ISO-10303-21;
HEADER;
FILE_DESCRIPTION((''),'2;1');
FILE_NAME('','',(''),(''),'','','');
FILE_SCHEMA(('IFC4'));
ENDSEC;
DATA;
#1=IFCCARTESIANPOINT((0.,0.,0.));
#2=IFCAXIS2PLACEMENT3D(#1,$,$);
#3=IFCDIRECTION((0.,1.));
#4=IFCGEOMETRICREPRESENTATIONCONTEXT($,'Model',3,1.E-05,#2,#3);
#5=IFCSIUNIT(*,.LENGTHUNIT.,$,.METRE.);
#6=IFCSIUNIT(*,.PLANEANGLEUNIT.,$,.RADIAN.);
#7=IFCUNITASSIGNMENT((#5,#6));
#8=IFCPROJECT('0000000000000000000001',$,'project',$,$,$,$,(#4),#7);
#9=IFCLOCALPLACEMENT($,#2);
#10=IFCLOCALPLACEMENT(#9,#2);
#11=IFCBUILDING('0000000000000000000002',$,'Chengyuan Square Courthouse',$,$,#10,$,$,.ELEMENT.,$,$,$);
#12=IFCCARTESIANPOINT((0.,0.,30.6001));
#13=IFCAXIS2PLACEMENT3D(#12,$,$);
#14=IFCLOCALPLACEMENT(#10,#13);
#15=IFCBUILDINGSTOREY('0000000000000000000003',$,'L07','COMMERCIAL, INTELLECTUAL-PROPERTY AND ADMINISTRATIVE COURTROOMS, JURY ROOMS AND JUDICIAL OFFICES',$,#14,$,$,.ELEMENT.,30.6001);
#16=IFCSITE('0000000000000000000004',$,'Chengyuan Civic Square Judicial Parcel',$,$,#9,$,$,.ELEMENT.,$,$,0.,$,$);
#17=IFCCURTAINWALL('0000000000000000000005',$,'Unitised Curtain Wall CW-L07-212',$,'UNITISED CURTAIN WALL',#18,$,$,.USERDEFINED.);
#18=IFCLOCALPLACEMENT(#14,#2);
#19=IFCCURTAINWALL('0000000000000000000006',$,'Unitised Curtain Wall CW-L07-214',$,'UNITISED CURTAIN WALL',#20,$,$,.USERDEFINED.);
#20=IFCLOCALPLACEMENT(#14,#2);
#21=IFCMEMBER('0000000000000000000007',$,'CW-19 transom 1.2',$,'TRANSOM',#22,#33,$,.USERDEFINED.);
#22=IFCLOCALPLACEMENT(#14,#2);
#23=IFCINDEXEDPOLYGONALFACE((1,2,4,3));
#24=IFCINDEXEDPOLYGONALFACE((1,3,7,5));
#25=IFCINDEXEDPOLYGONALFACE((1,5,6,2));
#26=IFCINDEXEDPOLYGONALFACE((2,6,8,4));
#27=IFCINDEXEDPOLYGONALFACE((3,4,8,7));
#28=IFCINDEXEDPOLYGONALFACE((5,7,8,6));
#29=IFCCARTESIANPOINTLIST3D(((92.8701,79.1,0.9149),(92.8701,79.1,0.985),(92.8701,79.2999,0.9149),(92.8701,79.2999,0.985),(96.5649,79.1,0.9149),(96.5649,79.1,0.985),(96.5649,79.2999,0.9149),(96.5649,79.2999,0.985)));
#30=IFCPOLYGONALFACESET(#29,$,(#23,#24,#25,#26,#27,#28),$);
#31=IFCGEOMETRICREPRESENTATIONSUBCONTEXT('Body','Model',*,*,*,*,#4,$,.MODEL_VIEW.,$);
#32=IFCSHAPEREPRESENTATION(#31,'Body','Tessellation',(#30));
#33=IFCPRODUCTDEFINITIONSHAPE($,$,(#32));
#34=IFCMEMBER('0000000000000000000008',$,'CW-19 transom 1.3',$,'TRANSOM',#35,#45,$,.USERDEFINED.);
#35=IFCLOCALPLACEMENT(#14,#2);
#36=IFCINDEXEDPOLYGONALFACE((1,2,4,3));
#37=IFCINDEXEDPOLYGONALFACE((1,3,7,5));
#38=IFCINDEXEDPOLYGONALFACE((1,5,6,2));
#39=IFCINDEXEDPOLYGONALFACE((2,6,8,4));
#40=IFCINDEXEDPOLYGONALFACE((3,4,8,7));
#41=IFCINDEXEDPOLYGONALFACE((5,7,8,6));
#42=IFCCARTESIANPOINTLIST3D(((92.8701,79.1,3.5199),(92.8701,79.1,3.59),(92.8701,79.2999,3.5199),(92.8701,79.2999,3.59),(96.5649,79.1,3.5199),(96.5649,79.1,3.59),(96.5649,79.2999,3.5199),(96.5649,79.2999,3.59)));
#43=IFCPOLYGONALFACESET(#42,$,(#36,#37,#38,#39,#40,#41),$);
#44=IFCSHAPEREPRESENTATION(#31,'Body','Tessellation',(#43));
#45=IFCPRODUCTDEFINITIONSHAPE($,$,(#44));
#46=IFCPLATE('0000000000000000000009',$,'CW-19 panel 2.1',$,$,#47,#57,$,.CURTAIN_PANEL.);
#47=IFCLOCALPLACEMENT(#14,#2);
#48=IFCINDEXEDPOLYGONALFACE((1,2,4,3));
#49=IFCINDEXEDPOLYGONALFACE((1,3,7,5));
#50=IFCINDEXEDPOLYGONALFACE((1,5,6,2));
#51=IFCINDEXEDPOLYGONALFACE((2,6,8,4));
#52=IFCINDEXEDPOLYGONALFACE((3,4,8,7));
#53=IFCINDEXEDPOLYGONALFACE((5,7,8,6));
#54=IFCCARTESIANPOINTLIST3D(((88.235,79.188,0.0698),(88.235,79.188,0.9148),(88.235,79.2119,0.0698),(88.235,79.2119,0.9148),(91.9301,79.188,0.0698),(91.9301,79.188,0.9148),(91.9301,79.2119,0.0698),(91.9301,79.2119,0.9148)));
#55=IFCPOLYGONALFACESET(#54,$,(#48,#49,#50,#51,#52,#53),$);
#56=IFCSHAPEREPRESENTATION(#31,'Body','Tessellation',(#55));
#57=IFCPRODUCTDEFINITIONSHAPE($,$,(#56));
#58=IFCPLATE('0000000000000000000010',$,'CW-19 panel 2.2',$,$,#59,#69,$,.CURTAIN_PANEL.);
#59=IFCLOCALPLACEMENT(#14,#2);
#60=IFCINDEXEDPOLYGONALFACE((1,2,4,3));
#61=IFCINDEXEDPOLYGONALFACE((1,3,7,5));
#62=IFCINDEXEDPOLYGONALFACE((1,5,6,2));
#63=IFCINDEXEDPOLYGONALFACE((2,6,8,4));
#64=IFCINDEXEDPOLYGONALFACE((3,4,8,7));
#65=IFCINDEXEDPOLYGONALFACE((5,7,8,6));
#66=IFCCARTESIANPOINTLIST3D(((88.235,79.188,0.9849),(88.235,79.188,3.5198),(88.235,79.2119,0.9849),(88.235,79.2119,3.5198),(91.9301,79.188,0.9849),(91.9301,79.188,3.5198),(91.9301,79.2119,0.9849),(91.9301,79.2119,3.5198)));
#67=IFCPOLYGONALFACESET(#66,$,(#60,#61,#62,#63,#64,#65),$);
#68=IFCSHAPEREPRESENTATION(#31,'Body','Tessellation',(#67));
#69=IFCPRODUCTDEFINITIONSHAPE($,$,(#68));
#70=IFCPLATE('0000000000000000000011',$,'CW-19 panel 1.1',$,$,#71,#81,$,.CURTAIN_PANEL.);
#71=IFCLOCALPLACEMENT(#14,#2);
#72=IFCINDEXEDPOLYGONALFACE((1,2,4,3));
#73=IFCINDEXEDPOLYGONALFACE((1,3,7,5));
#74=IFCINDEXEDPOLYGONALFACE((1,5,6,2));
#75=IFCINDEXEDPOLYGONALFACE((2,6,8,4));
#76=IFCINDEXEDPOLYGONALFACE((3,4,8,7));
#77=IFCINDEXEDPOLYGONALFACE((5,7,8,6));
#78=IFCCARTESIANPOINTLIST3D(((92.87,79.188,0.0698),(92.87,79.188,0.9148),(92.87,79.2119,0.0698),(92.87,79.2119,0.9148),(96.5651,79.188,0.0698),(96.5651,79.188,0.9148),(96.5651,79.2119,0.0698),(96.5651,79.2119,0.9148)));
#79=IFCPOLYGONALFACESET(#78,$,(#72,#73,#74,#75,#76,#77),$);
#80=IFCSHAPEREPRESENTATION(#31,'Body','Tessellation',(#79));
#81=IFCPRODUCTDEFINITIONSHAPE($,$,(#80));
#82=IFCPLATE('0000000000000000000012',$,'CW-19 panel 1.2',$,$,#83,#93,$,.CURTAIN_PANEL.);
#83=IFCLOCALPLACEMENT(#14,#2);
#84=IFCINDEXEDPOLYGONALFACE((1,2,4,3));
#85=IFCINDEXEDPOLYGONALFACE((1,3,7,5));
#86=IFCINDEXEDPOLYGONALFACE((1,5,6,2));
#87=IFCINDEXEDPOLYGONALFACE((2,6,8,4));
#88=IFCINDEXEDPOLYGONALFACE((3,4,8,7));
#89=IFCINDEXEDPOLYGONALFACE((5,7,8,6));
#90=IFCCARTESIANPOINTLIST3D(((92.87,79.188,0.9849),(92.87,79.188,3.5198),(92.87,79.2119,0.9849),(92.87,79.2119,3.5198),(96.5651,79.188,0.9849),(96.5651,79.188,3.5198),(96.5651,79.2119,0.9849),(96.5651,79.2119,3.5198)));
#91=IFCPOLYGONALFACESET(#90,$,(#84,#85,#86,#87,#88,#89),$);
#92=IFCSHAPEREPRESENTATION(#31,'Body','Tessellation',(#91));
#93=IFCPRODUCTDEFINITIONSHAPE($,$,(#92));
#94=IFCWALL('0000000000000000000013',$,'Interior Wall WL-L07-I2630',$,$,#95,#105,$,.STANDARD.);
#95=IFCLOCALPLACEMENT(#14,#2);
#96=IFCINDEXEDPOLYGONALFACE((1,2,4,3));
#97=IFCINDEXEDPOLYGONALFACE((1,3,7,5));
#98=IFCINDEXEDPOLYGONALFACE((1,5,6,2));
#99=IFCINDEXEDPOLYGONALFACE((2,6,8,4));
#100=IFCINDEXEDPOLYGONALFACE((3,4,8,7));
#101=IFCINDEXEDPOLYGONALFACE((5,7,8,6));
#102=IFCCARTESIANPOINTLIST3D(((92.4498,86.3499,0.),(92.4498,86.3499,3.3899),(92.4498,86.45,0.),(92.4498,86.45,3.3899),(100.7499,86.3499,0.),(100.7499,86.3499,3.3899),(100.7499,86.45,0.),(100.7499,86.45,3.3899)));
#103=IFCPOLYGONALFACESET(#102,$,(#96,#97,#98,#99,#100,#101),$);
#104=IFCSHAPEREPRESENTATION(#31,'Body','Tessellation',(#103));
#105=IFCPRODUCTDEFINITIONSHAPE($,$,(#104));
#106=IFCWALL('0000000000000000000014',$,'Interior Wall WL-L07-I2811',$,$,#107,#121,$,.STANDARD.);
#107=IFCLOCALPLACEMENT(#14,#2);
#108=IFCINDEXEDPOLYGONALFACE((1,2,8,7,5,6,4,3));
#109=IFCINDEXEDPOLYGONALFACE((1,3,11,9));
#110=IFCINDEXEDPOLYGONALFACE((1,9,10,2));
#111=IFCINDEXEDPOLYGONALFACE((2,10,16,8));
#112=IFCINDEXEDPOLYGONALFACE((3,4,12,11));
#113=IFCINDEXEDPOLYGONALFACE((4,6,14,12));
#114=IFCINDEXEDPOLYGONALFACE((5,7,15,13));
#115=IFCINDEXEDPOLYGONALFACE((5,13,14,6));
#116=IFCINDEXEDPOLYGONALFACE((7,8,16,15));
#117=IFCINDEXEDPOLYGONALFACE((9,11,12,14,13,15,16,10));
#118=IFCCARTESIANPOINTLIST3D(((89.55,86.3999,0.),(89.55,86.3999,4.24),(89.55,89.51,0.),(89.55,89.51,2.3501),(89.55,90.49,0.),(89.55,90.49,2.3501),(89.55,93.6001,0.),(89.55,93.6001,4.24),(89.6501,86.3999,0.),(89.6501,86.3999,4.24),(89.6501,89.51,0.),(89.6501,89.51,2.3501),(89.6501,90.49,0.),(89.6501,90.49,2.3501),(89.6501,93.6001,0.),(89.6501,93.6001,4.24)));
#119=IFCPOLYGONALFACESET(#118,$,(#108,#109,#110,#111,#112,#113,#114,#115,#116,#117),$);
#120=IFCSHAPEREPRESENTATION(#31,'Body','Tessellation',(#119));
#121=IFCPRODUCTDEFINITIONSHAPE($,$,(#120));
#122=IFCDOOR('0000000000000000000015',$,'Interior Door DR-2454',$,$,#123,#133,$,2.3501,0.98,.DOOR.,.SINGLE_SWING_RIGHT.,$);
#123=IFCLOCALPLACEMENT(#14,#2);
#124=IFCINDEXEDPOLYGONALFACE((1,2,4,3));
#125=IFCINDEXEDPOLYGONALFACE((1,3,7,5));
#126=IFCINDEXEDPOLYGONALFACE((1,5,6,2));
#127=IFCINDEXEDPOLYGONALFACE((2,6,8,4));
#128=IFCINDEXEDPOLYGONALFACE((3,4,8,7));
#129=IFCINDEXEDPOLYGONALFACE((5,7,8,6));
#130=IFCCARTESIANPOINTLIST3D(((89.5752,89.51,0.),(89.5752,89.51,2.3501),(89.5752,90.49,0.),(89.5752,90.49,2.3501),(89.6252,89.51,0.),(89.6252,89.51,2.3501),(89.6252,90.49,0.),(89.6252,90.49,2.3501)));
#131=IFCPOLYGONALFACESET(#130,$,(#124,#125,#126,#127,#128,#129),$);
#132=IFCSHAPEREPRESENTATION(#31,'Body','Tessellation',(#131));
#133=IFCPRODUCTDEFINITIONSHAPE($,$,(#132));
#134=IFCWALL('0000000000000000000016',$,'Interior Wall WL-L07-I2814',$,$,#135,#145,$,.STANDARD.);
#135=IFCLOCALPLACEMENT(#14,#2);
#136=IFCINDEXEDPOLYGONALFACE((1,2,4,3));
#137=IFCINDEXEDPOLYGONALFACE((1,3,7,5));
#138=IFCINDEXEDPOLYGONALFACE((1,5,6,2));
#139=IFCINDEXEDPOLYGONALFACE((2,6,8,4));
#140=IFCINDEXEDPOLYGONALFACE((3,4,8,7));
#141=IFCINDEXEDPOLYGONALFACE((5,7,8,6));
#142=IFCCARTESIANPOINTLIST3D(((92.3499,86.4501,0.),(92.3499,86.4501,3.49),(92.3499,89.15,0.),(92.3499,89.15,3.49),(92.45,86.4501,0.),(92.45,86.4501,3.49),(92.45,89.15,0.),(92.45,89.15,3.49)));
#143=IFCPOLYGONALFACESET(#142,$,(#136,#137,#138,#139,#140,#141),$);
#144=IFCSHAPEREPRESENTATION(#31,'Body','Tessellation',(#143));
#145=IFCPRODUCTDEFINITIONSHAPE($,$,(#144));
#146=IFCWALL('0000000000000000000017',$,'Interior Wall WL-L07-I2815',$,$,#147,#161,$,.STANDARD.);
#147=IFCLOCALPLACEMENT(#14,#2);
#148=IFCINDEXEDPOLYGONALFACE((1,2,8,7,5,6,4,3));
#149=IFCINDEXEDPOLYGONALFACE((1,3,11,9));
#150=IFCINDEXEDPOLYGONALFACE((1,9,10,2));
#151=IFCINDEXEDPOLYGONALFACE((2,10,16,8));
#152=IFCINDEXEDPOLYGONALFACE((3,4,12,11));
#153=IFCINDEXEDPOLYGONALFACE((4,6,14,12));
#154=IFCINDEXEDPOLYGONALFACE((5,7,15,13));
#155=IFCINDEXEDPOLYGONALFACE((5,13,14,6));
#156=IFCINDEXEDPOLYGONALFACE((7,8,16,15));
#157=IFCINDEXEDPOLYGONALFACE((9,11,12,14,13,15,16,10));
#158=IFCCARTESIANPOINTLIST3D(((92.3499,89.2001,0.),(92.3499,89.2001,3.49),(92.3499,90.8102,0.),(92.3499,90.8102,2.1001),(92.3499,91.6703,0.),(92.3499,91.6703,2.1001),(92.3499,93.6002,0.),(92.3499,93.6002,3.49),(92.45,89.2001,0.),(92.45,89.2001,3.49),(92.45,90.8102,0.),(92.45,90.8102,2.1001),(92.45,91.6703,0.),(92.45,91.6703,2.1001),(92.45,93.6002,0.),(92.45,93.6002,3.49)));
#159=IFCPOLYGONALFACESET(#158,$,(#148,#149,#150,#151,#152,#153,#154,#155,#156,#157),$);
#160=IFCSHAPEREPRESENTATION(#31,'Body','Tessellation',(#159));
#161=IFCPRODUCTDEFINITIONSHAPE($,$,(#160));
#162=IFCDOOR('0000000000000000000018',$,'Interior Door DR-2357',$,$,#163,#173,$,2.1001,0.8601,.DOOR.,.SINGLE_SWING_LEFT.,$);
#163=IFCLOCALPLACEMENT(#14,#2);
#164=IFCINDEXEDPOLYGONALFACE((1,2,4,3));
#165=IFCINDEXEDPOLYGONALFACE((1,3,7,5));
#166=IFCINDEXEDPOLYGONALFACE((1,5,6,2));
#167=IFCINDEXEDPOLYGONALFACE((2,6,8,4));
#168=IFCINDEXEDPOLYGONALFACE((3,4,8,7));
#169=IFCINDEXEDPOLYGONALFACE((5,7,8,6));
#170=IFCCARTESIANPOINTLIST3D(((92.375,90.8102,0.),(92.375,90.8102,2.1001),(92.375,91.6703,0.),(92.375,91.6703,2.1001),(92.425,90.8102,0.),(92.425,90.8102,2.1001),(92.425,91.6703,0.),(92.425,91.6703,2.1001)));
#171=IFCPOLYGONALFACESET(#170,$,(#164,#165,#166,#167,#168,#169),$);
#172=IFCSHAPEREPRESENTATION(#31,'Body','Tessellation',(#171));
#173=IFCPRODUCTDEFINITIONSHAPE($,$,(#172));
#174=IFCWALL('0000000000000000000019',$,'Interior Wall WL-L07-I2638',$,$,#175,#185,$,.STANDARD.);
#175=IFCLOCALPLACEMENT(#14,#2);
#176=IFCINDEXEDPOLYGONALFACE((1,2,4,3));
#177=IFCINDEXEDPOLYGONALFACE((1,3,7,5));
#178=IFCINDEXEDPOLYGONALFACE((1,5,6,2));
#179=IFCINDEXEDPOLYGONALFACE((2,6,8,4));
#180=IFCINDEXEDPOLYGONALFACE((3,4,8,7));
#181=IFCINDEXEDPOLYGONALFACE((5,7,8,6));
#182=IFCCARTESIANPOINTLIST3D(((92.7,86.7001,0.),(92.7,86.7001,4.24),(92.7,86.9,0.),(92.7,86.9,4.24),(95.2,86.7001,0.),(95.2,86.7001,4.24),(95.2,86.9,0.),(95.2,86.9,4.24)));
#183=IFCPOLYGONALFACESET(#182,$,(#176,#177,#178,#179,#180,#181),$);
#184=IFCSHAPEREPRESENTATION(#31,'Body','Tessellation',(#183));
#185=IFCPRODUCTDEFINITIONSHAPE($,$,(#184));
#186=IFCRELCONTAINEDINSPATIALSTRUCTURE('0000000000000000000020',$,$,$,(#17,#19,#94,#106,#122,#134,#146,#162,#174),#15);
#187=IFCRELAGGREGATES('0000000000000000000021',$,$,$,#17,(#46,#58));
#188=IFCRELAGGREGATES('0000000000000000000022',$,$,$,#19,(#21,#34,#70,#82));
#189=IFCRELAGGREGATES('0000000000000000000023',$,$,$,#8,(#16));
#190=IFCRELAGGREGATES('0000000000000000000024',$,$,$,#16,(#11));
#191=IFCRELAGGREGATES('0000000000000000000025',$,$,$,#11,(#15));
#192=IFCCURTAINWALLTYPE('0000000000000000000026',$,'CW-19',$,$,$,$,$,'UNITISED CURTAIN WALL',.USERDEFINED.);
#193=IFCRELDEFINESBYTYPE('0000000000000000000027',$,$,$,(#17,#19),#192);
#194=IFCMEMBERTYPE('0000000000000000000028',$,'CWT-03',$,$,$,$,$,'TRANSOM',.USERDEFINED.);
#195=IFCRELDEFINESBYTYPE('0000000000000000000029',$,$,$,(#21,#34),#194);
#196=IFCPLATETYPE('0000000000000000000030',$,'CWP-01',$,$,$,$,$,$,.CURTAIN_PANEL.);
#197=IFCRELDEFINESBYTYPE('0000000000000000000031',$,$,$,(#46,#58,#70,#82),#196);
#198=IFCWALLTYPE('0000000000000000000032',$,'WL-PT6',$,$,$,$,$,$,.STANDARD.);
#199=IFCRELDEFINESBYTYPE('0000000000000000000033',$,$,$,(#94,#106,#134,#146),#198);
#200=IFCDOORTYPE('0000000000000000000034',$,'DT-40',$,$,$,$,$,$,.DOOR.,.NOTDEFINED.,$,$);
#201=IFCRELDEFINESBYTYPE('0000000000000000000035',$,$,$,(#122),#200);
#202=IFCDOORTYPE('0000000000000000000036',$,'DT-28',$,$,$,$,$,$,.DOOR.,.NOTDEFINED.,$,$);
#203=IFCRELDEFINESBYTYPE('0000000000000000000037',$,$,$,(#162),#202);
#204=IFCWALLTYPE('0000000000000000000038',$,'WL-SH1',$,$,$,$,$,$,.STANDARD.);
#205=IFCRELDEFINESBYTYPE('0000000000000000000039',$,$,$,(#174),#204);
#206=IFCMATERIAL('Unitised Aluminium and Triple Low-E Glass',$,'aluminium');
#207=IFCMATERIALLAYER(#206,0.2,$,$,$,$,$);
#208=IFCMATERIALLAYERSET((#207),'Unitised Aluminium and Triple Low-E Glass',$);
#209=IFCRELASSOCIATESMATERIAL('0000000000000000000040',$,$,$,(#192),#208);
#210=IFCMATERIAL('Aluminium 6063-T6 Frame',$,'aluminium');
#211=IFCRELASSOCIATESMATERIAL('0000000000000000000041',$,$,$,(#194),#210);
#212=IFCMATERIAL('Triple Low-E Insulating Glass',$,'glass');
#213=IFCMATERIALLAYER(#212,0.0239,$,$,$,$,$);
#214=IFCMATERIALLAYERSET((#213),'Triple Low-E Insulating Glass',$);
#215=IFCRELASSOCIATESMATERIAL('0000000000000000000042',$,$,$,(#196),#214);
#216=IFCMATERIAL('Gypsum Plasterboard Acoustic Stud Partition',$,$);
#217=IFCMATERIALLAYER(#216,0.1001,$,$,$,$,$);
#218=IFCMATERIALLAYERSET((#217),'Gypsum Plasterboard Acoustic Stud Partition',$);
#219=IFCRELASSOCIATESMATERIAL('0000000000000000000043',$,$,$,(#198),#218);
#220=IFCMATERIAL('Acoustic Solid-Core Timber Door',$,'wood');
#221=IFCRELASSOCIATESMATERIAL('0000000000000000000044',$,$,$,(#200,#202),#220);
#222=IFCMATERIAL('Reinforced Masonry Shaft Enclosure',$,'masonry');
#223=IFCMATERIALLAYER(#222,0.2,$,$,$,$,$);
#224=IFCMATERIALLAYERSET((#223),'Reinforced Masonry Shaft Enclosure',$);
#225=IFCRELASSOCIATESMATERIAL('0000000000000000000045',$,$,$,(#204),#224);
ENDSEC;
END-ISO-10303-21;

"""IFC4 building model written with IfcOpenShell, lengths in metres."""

from ifc_helpers import new_model, si_unit, direction, frame, frame_2d, origin, origin_2d, place, context, subcontext, project, spatial, rectangle, extrude, material, layer, layer_set, material_profile, profile_set, type_object, element, fill, aggregate, save


model = new_model("IFC4")

# Units and contexts
model_context = context("Model", 3, precision=1e-05, world=origin(), true_north=direction((0.0, 1.0)))
body_context = subcontext(model_context, "Body", "Model", "MODEL_VIEW")
ifc_project = project(units=[si_unit("LENGTHUNIT", "METRE"), si_unit("PLANEANGLEUNIT", "RADIAN")], contexts=[model_context])

# Site, building, storey
site_placement = place(None, origin())
site = spatial("IfcSite", under=ifc_project, at=site_placement, Name="Chengyuan Civic Square Judicial Parcel", CompositionType="ELEMENT", RefElevation=0.0)
building_placement = place(site_placement, origin())
building = spatial("IfcBuilding", under=site, at=building_placement, Name="Chengyuan Square Courthouse", CompositionType="ELEMENT")
storey_placement = place(building_placement, frame((0.0, 0.0, 30.6001)))
storey = spatial("IfcBuildingStorey", under=building, at=storey_placement, Name="L07", Description="COMMERCIAL, INTELLECTUAL-PROPERTY AND ADMINISTRATIVE COURTROOMS, JURY ROOMS AND JUDICIAL OFFICES", CompositionType="ELEMENT", Elevation=30.6001)

# Curtain walls
ifc_material_1 = material(Name="Unitised Aluminium and Triple Low-E Glass", Category="aluminium")
ifc_layer_1 = layer(ifc_material_1, 0.2)
ifc_layer_set_1 = layer_set([ifc_layer_1], Name="Unitised Aluminium and Triple Low-E Glass")
curtain_wall_type = type_object("IfcCurtainWallType", Name="CW-19", ElementType="UNITISED CURTAIN WALL", PredefinedType="USERDEFINED", material=ifc_layer_set_1)
curtain_wall_1_placement = place(storey_placement, origin())
curtain_wall_1 = element("IfcCurtainWall", 1, at=curtain_wall_1_placement, inside=storey, type_object=curtain_wall_type, Name="Unitised Curtain Wall CW-L07-212", ObjectType="UNITISED CURTAIN WALL", PredefinedType="USERDEFINED")
ifc_material_2 = material(Name="Aluminium 6063-T6 Frame", Category="aluminium")
curtain_wall_2_placement = place(storey_placement, origin())
curtain_wall_2 = element("IfcCurtainWall", 2, at=curtain_wall_2_placement, inside=storey, type_object=curtain_wall_type, Name="Unitised Curtain Wall CW-L07-214", ObjectType="UNITISED CURTAIN WALL", PredefinedType="USERDEFINED")

# Members
ifc_material_profile_1 = material_profile(ifc_material_2, rectangle(XDim=0.2, YDim=0.0701, at=origin_2d()), Name="CW-TRN-70x160")
ifc_profile_set_1 = profile_set([ifc_material_profile_1], Name="Aluminium 6063-T6 Frame")
member_type_1 = type_object("IfcMemberType", Name="CWT-03", ElementType="TRANSOM", PredefinedType="USERDEFINED", material=ifc_profile_set_1)
member_1_placement = place(storey_placement, frame((92.8701, 79.2, 0.95), z_axis=(1.0, 0.0, 0.0), x_axis=(0.0, 1.0, 0.0)))
member_1 = element("IfcMember", 3, at=member_1_placement, type_object=member_type_1, Name="CW-19 transom 1.2", ObjectType="TRANSOM", PredefinedType="USERDEFINED", context=body_context, shape_type="SweptSolid", body=[
    extrude(rectangle(XDim=0.2, YDim=0.0701, at=origin_2d()), origin(), (0.0, 0.0, 1.0), 3.6948),
])
member_2_placement = place(storey_placement, frame((92.8701, 79.2, 3.5549), z_axis=(1.0, 0.0, 0.0), x_axis=(0.0, 1.0, 0.0)))
member_2 = element("IfcMember", 4, at=member_2_placement, type_object=member_type_1, Name="CW-19 transom 1.3", ObjectType="TRANSOM", PredefinedType="USERDEFINED", context=body_context, shape_type="SweptSolid", body=[
    extrude(rectangle(XDim=0.2, YDim=0.0701, at=origin_2d()), origin(), (0.0, 0.0, 1.0), 3.6948),
])

# Plates
ifc_material_3 = material(Name="Triple Low-E Insulating Glass", Category="glass")
ifc_layer_2 = layer(ifc_material_3, 0.0239)
ifc_layer_set_2 = layer_set([ifc_layer_2], Name="Triple Low-E Insulating Glass")
plate_type = type_object("IfcPlateType", Name="CWP-01", PredefinedType="CURTAIN_PANEL", material=ifc_layer_set_2)
plate_1_placement = place(storey_placement, frame((90.0825, 79.2, 0.0698), z_axis=(0.0, 0.0, 1.0), x_axis=(1.0, 0.0, 0.0)))
plate_1 = element("IfcPlate", 5, at=plate_1_placement, type_object=plate_type, Name="CW-19 panel 2.1", PredefinedType="CURTAIN_PANEL", context=body_context, shape_type="SweptSolid", body=[
    extrude(rectangle(XDim=3.6951, YDim=0.0239, at=origin_2d()), origin(), (0.0, 0.0, 1.0), 0.845),
])
plate_2_placement = place(storey_placement, frame((90.0825, 79.2, 0.9849), z_axis=(0.0, 0.0, 1.0), x_axis=(1.0, 0.0, 0.0)))
plate_2 = element("IfcPlate", 6, at=plate_2_placement, type_object=plate_type, Name="CW-19 panel 2.2", PredefinedType="CURTAIN_PANEL", context=body_context, shape_type="SweptSolid", body=[
    extrude(rectangle(XDim=3.6951, YDim=0.0239, at=origin_2d()), origin(), (0.0, 0.0, 1.0), 2.5349),
])
aggregate(curtain_wall_1, [plate_1, plate_2])
plate_3_placement = place(storey_placement, frame((94.7175, 79.2, 0.0698), z_axis=(0.0, 0.0, 1.0), x_axis=(1.0, 0.0, 0.0)))
plate_3 = element("IfcPlate", 7, at=plate_3_placement, type_object=plate_type, Name="CW-19 panel 1.1", PredefinedType="CURTAIN_PANEL", context=body_context, shape_type="SweptSolid", body=[
    extrude(rectangle(XDim=3.6951, YDim=0.0239, at=origin_2d()), origin(), (0.0, 0.0, 1.0), 0.845),
])
plate_4_placement = place(storey_placement, frame((94.7175, 79.2, 0.9849), z_axis=(0.0, 0.0, 1.0), x_axis=(1.0, 0.0, 0.0)))
plate_4 = element("IfcPlate", 8, at=plate_4_placement, type_object=plate_type, Name="CW-19 panel 1.2", PredefinedType="CURTAIN_PANEL", context=body_context, shape_type="SweptSolid", body=[
    extrude(rectangle(XDim=3.6951, YDim=0.0239, at=origin_2d()), origin(), (0.0, 0.0, 1.0), 2.5349),
])
aggregate(curtain_wall_2, [member_1, member_2, plate_3, plate_4])

# Wall
ifc_material_4 = material(Name="Gypsum Plasterboard Acoustic Stud Partition")
ifc_layer_3 = layer(ifc_material_4, 0.1001)
ifc_layer_set_3 = layer_set([ifc_layer_3], Name="Gypsum Plasterboard Acoustic Stud Partition")
wall_type_1 = type_object("IfcWallType", Name="WL-PT6", PredefinedType="STANDARD", material=ifc_layer_set_3)
wall_1_placement = place(storey_placement, frame((92.45, 86.3999, 0.0), z_axis=(0.0, 0.0, 1.0), x_axis=(1.0, 0.0, 0.0)))
element("IfcWall", 9, at=wall_1_placement, inside=storey, type_object=wall_type_1, Name="Interior Wall WL-L07-I2630", PredefinedType="STANDARD", context=body_context, shape_type="SweptSolid", body=[
    extrude(rectangle(XDim=8.3, YDim=0.1001, at=frame_2d((4.1499, 0.0))), origin(), (0.0, 0.0, 1.0), 3.3899),
])

# Wall, opening, door
wall_2_placement = place(storey_placement, frame((89.6001, 86.3999, 0.0), z_axis=(0.0, 0.0, 1.0), x_axis=(0.0, 1.0, 0.0)))
wall_2 = element("IfcWall", 10, at=wall_2_placement, inside=storey, type_object=wall_type_1, Name="Interior Wall WL-L07-I2811", PredefinedType="STANDARD", context=body_context, shape_type="SweptSolid", body=[
    extrude(rectangle(XDim=7.2002, YDim=0.1001, at=frame_2d((3.6001, 0.0))), origin(), (0.0, 0.0, 1.0), 4.24),
])
opening_1_placement = place(wall_2_placement, frame((3.1101, 0.0, 0.0)))
opening_1 = element("IfcOpeningElement", 11, at=opening_1_placement, cuts=wall_2, PredefinedType="OPENING", context=body_context, shape_type="SweptSolid", body=[
    extrude(rectangle(XDim=0.98, YDim=2.3501, at=frame_2d((0.49, 1.175))), frame((0.0, 0.062, 0.0), z_axis=(0.0, -1.0, 0.0), x_axis=(1.0, 0.0, 0.0)), (0.0, 0.0, 1.0), 0.124),
])
ifc_material_5 = material(Name="Acoustic Solid-Core Timber Door", Category="wood")
door_type_1 = type_object("IfcDoorType", Name="DT-40", OperationType="NOTDEFINED", PredefinedType="DOOR", material=ifc_material_5)
door_1_placement = place(opening_1_placement, origin())
door_1 = element("IfcDoor", 12, at=door_1_placement, inside=storey, type_object=door_type_1, Name="Interior Door DR-2454", OperationType="SINGLE_SWING_RIGHT", OverallHeight=2.3501, OverallWidth=0.98, PredefinedType="DOOR", context=body_context, shape_type="SweptSolid", body=[
    extrude(rectangle(XDim=0.98, YDim=2.3501, at=frame_2d((0.49, 1.175))), frame((0.0, 0.0249, 0.0), z_axis=(0.0, -1.0, 0.0), x_axis=(1.0, 0.0, 0.0)), (0.0, 0.0, 1.0), 0.05),
])
fill(opening_1, door_1)

# Wall
wall_3_placement = place(storey_placement, frame((92.3999, 86.45, 0.0), z_axis=(0.0, 0.0, 1.0), x_axis=(0.0, 1.0, 0.0)))
element("IfcWall", 13, at=wall_3_placement, inside=storey, type_object=wall_type_1, Name="Interior Wall WL-L07-I2814", PredefinedType="STANDARD", context=body_context, shape_type="SweptSolid", body=[
    extrude(rectangle(XDim=2.7, YDim=0.1001, at=frame_2d((1.3501, 0.0))), origin(), (0.0, 0.0, 1.0), 3.49),
])

# Wall, opening, door
wall_4_placement = place(storey_placement, frame((92.3999, 89.2, 0.0), z_axis=(0.0, 0.0, 1.0), x_axis=(0.0, 1.0, 0.0)))
wall_4 = element("IfcWall", 14, at=wall_4_placement, inside=storey, type_object=wall_type_1, Name="Interior Wall WL-L07-I2815", PredefinedType="STANDARD", context=body_context, shape_type="SweptSolid", body=[
    extrude(rectangle(XDim=4.4001, YDim=0.1001, at=frame_2d((2.2002, 0.0))), origin(), (0.0, 0.0, 1.0), 3.49),
])
opening_2_placement = place(wall_4_placement, frame((1.6101, 0.0, 0.0)))
opening_2 = element("IfcOpeningElement", 15, at=opening_2_placement, cuts=wall_4, PredefinedType="OPENING", context=body_context, shape_type="SweptSolid", body=[
    extrude(rectangle(XDim=0.8601, YDim=2.1001, at=frame_2d((0.4302, 1.05))), frame((0.0, 0.062, 0.0), z_axis=(0.0, -1.0, 0.0), x_axis=(1.0, 0.0, 0.0)), (0.0, 0.0, 1.0), 0.124),
])
door_type_2 = type_object("IfcDoorType", Name="DT-28", OperationType="NOTDEFINED", PredefinedType="DOOR", material=ifc_material_5)
door_2_placement = place(opening_2_placement, origin())
door_2 = element("IfcDoor", 16, at=door_2_placement, inside=storey, type_object=door_type_2, Name="Interior Door DR-2357", OperationType="SINGLE_SWING_LEFT", OverallHeight=2.1001, OverallWidth=0.8601, PredefinedType="DOOR", context=body_context, shape_type="SweptSolid", body=[
    extrude(rectangle(XDim=0.8601, YDim=2.1001, at=frame_2d((0.4302, 1.05))), frame((0.0, 0.0249, 0.0), z_axis=(0.0, -1.0, 0.0), x_axis=(1.0, 0.0, 0.0)), (0.0, 0.0, 1.0), 0.05),
])
fill(opening_2, door_2)

# Wall
ifc_material_6 = material(Name="Reinforced Masonry Shaft Enclosure", Category="masonry")
ifc_layer_4 = layer(ifc_material_6, 0.2)
ifc_layer_set_4 = layer_set([ifc_layer_4], Name="Reinforced Masonry Shaft Enclosure")
wall_type_2 = type_object("IfcWallType", Name="WL-SH1", PredefinedType="STANDARD", material=ifc_layer_set_4)
wall_5_placement = place(storey_placement, frame((92.7, 86.8, 0.0), z_axis=(0.0, 0.0, 1.0), x_axis=(1.0, 0.0, 0.0)))
element("IfcWall", 17, at=wall_5_placement, inside=storey, type_object=wall_type_2, Name="Interior Wall WL-L07-I2638", PredefinedType="STANDARD", context=body_context, shape_type="SweptSolid", body=[
    extrude(rectangle(XDim=2.5, YDim=0.2, at=frame_2d((1.25, 0.0))), origin(), (0.0, 0.0, 1.0), 4.24),
])

save(model, "model.ifc")
